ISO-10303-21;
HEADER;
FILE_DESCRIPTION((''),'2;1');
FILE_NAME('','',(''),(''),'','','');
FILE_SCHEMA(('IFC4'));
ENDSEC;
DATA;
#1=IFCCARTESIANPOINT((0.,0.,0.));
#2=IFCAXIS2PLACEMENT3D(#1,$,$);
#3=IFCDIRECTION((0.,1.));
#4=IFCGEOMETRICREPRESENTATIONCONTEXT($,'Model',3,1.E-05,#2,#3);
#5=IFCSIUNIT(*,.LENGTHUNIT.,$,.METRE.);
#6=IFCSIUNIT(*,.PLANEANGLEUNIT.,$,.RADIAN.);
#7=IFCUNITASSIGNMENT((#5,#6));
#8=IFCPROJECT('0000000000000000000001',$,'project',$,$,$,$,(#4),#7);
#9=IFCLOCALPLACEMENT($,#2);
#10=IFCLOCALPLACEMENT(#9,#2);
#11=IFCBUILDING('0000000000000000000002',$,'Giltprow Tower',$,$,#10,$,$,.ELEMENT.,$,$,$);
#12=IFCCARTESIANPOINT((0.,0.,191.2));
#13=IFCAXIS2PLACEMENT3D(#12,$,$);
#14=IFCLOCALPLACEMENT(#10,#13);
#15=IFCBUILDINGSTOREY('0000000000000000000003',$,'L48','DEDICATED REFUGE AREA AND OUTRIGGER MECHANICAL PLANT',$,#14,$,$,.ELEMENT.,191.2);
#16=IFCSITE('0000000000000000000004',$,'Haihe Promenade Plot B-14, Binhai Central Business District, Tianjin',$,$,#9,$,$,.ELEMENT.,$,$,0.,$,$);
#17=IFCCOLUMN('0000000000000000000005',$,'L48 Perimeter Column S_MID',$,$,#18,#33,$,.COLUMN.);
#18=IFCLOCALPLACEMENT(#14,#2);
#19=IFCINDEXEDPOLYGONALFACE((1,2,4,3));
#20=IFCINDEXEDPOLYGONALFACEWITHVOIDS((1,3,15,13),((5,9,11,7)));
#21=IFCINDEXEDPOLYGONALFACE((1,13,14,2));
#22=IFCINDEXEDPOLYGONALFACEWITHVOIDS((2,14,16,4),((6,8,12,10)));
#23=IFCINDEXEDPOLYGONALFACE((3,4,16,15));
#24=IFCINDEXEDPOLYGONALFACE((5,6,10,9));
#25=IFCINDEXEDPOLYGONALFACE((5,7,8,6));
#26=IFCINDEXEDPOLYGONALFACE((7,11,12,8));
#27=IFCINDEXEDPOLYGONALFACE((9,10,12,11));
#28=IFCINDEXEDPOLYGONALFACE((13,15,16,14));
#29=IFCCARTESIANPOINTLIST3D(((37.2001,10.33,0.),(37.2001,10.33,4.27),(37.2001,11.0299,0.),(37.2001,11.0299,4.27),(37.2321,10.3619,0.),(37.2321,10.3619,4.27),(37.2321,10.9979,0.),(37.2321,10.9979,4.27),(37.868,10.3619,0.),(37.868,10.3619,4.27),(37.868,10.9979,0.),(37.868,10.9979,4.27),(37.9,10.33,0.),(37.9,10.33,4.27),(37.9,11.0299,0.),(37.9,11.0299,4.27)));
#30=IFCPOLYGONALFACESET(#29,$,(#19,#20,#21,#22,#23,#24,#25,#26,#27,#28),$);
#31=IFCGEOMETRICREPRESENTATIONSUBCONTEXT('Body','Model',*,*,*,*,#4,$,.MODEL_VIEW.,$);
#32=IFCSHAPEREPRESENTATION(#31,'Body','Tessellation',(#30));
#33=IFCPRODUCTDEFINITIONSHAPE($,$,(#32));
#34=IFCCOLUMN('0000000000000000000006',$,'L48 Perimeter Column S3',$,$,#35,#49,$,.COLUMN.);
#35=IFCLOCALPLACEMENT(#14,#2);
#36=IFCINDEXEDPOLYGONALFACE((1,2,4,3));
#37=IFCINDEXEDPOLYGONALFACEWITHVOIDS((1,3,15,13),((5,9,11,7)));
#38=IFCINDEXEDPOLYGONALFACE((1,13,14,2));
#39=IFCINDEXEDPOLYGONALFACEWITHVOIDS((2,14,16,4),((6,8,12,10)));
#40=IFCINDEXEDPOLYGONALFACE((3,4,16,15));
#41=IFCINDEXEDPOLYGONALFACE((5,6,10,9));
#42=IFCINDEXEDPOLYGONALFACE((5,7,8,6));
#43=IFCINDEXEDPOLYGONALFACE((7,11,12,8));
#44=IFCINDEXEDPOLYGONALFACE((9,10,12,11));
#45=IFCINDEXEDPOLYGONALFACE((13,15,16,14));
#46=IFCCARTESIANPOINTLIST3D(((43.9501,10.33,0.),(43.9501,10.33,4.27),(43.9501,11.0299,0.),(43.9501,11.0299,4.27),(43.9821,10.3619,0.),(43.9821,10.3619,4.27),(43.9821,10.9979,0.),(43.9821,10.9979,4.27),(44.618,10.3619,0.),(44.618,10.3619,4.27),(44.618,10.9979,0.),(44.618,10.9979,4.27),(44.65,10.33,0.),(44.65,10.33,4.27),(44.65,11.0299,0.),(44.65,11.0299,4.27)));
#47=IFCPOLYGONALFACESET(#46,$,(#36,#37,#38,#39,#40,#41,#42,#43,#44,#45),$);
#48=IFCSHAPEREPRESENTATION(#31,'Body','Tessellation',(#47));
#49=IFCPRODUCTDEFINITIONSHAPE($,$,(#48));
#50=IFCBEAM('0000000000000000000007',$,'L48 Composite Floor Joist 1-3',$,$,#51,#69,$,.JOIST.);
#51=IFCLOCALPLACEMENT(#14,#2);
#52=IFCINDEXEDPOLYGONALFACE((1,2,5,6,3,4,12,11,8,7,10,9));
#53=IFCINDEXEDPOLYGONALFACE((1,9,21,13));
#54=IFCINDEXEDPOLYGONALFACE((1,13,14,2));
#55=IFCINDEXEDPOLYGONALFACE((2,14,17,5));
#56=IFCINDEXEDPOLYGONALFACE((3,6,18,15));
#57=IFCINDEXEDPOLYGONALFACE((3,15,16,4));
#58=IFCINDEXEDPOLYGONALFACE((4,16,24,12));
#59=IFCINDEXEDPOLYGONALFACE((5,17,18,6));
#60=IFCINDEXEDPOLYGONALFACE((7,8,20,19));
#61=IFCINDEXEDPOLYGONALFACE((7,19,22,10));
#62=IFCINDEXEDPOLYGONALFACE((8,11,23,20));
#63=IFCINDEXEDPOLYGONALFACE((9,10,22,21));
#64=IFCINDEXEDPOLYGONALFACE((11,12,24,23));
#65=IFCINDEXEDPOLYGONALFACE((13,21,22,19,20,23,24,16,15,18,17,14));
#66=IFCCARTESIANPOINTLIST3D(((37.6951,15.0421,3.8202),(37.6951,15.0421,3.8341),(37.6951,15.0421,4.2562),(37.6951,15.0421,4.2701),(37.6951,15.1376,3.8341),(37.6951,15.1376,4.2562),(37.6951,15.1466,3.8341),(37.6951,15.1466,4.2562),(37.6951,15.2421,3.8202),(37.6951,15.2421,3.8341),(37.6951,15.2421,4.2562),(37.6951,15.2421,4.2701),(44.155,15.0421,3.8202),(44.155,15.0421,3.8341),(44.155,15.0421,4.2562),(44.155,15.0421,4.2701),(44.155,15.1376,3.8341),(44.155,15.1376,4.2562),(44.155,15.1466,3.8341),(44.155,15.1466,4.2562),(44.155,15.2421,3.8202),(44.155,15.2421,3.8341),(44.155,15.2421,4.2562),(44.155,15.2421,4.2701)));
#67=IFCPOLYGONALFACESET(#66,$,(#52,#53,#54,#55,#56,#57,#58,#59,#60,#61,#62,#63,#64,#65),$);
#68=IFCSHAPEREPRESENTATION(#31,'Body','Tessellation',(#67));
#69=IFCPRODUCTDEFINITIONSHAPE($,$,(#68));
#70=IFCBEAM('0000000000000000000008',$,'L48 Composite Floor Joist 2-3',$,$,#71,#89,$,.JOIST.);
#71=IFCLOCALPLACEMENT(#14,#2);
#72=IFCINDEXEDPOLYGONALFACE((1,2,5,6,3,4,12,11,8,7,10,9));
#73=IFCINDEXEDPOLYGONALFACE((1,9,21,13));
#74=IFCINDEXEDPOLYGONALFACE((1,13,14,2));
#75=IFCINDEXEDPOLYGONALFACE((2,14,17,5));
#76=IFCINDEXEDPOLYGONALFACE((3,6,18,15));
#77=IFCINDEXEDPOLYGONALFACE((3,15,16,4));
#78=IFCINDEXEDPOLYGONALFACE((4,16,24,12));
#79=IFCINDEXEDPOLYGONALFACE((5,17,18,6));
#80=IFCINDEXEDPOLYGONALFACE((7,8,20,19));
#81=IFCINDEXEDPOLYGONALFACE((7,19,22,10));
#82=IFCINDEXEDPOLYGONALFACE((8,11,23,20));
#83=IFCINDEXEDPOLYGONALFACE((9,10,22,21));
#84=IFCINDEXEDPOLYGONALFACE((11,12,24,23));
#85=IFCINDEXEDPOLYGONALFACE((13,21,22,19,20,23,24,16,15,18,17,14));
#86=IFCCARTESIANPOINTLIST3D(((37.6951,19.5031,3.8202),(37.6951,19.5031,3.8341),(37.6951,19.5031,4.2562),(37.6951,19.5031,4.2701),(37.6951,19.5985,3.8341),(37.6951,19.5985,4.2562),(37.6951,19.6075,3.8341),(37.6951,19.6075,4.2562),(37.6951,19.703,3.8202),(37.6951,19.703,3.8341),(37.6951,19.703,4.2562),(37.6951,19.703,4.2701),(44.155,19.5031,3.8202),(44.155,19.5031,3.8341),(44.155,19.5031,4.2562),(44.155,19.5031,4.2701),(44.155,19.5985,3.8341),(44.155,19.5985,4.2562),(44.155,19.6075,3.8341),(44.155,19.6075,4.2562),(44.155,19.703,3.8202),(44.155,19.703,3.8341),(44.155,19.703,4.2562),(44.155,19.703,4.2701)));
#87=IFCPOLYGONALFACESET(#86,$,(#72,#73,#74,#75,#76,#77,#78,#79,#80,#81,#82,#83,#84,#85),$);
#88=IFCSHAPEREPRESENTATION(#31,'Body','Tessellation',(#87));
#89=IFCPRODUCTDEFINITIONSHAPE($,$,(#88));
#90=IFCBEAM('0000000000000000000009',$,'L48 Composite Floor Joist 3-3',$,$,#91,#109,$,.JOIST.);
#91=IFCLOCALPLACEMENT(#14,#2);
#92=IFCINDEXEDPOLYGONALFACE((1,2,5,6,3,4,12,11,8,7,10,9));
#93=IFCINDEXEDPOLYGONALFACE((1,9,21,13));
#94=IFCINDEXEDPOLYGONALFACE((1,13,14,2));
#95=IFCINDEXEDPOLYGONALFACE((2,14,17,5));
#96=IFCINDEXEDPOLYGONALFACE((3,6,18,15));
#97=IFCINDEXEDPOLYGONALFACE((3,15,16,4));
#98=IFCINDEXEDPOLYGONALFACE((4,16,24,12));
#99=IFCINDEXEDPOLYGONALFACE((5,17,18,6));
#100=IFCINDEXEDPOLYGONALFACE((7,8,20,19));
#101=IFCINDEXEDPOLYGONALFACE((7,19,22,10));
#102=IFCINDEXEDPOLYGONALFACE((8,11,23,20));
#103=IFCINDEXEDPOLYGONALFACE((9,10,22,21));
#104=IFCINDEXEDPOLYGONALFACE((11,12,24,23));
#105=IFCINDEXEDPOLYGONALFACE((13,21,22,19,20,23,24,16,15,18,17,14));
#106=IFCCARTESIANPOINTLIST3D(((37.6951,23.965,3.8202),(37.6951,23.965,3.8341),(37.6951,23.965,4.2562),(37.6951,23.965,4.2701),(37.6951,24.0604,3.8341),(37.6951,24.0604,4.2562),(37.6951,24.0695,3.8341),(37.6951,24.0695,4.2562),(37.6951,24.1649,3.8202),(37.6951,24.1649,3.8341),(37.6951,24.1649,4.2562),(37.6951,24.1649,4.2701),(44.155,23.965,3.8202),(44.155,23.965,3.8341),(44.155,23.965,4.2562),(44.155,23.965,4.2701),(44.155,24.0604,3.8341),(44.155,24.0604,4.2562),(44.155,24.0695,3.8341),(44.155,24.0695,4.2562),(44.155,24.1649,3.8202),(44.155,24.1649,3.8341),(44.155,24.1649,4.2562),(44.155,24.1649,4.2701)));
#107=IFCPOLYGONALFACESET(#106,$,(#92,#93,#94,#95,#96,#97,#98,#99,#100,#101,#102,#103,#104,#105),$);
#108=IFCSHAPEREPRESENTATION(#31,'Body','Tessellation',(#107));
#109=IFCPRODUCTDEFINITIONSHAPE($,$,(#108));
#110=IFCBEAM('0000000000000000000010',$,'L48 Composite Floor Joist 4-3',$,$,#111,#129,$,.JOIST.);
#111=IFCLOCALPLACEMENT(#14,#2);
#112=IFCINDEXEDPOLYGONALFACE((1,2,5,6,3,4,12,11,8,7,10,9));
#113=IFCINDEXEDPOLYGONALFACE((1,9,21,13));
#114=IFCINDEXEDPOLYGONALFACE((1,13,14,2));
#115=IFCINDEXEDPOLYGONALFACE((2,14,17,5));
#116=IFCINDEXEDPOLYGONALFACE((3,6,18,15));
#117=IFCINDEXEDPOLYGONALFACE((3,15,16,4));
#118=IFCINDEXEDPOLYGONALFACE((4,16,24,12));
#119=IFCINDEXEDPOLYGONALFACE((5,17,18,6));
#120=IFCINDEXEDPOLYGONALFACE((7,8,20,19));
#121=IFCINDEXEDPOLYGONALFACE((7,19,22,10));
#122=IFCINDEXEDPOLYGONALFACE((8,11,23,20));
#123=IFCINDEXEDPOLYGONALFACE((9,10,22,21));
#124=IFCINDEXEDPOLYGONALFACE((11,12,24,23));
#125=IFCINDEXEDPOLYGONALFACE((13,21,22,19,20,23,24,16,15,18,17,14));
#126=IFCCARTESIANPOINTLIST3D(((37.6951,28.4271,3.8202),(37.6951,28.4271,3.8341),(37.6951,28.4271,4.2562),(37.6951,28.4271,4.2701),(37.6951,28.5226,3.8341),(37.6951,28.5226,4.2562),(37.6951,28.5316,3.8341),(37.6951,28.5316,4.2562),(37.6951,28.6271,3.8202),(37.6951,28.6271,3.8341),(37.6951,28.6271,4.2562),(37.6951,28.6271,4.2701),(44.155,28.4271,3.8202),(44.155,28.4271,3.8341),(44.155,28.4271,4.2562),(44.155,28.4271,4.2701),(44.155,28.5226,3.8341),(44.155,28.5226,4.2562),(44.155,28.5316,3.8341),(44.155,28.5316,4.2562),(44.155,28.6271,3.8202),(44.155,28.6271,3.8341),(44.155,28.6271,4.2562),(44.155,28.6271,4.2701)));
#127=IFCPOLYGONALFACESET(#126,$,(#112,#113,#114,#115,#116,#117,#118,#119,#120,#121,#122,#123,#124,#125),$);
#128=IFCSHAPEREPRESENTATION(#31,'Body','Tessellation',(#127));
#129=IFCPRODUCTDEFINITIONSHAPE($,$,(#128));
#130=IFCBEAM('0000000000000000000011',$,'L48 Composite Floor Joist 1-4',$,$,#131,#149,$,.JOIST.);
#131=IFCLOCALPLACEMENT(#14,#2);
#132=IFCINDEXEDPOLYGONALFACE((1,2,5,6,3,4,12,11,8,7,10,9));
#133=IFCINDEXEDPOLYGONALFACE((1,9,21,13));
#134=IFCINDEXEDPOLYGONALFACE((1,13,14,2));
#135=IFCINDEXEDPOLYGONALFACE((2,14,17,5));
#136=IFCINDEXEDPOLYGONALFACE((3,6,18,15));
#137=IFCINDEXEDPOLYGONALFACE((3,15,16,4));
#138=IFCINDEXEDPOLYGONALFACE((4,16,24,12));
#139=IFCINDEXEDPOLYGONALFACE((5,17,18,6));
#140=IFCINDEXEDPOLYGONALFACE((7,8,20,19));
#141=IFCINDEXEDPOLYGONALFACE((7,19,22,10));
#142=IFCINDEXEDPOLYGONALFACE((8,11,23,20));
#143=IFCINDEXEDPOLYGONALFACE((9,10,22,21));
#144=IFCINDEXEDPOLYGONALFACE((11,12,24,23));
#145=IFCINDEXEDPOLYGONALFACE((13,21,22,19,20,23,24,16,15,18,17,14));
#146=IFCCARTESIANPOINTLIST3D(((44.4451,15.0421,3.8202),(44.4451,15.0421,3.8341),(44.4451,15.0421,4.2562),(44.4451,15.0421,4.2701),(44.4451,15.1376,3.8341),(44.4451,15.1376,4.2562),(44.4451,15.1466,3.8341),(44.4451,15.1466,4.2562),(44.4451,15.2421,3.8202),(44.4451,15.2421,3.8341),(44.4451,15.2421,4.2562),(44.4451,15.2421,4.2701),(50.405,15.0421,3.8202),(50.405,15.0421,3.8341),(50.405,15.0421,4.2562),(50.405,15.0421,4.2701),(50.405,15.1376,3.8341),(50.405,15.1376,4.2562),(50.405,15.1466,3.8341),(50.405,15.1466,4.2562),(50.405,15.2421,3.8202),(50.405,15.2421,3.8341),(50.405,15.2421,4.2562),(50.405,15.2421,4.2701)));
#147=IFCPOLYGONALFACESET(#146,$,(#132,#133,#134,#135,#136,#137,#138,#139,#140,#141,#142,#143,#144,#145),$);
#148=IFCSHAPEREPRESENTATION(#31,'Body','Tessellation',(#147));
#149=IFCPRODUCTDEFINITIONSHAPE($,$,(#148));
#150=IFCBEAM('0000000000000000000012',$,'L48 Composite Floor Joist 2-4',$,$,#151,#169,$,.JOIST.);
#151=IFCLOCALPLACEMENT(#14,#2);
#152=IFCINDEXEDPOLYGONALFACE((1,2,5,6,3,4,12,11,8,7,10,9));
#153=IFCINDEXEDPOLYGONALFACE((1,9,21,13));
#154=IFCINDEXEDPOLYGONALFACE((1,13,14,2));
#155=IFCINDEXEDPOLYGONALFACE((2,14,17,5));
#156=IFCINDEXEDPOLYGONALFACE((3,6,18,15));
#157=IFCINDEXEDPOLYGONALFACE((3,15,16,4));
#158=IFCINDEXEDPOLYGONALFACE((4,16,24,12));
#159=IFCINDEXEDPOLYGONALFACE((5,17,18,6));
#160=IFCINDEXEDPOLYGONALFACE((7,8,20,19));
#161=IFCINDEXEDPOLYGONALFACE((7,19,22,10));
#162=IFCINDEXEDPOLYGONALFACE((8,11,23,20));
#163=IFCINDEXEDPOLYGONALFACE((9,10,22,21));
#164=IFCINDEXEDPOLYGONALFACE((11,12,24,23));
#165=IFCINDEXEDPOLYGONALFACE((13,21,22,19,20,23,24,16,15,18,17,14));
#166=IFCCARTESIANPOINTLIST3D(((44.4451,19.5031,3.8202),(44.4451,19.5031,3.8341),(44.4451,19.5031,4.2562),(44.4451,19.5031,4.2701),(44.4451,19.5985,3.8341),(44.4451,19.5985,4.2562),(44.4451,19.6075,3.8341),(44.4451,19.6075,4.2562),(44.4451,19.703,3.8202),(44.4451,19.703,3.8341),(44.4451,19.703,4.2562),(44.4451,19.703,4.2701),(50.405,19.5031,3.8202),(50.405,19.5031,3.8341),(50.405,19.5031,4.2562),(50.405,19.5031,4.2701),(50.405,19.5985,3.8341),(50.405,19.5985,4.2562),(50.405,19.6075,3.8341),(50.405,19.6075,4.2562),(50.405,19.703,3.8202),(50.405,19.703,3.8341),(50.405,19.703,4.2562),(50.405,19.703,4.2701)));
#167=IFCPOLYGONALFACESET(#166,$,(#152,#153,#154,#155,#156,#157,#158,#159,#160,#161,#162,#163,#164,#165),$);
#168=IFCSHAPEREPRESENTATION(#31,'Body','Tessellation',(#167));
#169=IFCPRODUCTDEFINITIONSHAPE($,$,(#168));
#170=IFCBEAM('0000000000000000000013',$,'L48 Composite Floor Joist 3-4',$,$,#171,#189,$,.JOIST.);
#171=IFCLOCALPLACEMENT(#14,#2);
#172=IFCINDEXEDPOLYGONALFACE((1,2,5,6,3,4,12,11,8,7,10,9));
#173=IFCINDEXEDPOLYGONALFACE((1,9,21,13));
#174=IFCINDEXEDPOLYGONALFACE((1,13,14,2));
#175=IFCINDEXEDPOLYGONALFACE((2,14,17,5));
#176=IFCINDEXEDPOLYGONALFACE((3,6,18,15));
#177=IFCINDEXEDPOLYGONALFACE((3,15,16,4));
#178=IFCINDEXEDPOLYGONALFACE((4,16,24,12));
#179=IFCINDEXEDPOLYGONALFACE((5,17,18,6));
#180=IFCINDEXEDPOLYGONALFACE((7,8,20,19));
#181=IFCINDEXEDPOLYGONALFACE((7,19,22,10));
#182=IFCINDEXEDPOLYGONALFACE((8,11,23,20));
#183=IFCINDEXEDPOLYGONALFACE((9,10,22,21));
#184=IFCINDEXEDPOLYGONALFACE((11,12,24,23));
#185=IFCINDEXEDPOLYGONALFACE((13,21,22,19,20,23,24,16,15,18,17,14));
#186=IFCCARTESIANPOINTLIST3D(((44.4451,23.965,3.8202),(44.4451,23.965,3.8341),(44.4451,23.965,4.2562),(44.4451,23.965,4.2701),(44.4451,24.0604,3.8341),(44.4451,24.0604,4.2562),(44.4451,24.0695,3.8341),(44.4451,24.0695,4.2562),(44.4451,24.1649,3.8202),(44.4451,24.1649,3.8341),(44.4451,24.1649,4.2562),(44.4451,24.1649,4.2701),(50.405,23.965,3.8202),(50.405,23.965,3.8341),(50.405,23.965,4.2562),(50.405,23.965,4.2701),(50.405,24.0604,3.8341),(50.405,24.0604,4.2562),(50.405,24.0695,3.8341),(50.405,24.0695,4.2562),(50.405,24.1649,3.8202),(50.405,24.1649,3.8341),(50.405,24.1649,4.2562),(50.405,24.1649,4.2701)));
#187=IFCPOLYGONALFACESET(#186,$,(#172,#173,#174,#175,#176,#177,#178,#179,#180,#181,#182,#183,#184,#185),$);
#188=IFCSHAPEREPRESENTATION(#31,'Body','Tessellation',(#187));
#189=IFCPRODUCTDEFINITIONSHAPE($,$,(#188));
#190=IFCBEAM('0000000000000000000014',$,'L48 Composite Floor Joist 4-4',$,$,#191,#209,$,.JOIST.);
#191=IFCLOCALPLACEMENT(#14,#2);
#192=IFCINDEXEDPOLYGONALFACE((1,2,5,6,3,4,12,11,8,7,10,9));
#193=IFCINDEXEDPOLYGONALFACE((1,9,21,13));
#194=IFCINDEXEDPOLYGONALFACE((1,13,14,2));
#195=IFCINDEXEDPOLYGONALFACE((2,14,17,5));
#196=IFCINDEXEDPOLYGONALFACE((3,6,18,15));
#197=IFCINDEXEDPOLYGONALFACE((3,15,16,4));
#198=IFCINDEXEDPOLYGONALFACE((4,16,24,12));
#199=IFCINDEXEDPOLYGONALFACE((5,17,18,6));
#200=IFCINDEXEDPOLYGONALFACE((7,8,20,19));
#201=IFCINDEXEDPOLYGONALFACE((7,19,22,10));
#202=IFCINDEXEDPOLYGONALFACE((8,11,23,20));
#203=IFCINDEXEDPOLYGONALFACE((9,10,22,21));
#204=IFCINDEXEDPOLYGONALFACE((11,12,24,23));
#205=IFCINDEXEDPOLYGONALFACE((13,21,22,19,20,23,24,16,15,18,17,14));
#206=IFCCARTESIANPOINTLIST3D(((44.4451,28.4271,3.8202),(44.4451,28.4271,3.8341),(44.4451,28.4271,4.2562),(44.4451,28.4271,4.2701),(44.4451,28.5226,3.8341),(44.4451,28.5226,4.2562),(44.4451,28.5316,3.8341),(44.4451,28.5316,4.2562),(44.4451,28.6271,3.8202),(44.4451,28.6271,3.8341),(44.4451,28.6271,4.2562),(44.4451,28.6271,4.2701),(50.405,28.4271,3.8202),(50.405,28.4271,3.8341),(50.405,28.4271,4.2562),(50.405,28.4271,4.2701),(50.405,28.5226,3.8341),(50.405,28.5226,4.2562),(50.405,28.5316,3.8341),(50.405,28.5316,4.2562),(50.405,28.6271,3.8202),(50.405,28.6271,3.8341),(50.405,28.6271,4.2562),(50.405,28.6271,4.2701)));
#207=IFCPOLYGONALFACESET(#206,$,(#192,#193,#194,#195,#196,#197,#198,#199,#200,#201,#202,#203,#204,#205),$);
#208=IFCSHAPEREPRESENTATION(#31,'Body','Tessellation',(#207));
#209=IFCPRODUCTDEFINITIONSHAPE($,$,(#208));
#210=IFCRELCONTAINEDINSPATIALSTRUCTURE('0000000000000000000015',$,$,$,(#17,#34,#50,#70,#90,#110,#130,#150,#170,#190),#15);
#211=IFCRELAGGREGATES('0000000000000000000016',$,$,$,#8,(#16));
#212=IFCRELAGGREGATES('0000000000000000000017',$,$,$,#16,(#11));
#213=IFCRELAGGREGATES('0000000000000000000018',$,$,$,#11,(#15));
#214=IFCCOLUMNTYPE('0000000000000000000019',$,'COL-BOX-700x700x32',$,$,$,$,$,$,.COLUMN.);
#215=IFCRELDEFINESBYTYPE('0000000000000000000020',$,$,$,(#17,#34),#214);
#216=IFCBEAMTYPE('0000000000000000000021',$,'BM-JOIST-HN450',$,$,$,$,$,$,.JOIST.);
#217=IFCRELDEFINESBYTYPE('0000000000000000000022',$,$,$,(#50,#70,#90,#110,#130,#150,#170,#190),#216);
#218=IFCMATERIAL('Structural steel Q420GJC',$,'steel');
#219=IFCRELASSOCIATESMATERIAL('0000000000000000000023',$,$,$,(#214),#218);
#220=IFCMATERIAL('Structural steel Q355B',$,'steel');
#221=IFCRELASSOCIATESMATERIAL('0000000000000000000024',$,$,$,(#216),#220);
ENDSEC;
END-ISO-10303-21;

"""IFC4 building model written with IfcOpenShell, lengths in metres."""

from ifc_helpers import new_model, si_unit, direction, frame, origin, origin_2d, place, context, subcontext, project, spatial, hollow_rectangle, i_section, extrude, source, transform, mapped, material, material_profile, profile_set, type_object, element, save


model = new_model("IFC4")

# Units and contexts
model_context = context("Model", 3, precision=1e-05, world=origin(), true_north=direction((0.0, 1.0)))
body_context = subcontext(model_context, "Body", "Model", "MODEL_VIEW")
ifc_project = project(units=[si_unit("LENGTHUNIT", "METRE"), si_unit("PLANEANGLEUNIT", "RADIAN")], contexts=[model_context])

# Site, building, storey
site_placement = place(None, origin())
site = spatial("IfcSite", under=ifc_project, at=site_placement, Name="Haihe Promenade Plot B-14, Binhai Central Business District, Tianjin", CompositionType="ELEMENT", RefElevation=0.0)
building_placement = place(site_placement, origin())
building = spatial("IfcBuilding", under=site, at=building_placement, Name="Giltprow Tower", CompositionType="ELEMENT")
storey_placement = place(building_placement, frame((0.0, 0.0, 191.2)))
storey = spatial("IfcBuildingStorey", under=building, at=storey_placement, Name="L48", Description="DEDICATED REFUGE AREA AND OUTRIGGER MECHANICAL PLANT", CompositionType="ELEMENT", Elevation=191.2)

# Columns
ifc_material_1 = material(Name="Structural steel Q420GJC", Category="steel")
ifc_material_profile_1 = material_profile(ifc_material_1, hollow_rectangle(XDim=0.7, YDim=0.7, WallThickness=0.032, at=origin_2d()), Name="BOX 700x700x32")
ifc_profile_set_1 = profile_set([ifc_material_profile_1], Name="Structural steel Q420GJC")
column_type = type_object("IfcColumnType", Name="COL-BOX-700x700x32", PredefinedType="COLUMN", material=ifc_profile_set_1)
shared_shape_1 = source(origin(), body_context, "Body", "SweptSolid", [
    extrude(hollow_rectangle(XDim=0.7, YDim=0.7, WallThickness=0.032, at=origin_2d()), origin(), (0.0, 0.0, 1.0), 4.27),
])
for number, where, z_axis, x_axis, name in (
    (1, (37.55, 10.6799, 0.0), (0.0, 0.0, 1.0), (1.0, 0.0, 0.0), "L48 Perimeter Column S_MID"),
    (2, (44.3, 10.6799, 0.0), (0.0, 0.0, 1.0), (1.0, 0.0, 0.0), "L48 Perimeter Column S3"),
):
    element("IfcColumn", number, at=place(storey_placement, frame(where, z_axis=z_axis, x_axis=x_axis)), inside=storey, type_object=column_type, Name=name, PredefinedType="COLUMN", context=body_context, shape_type="MappedRepresentation", body=[
        mapped(shared_shape_1, transform((0.0, 0.0, 0.0), x_axis=(1.0, 0.0, 0.0), y_axis=(0.0, 1.0, 0.0), z_axis=(0.0, 0.0, 1.0), scale=1.0)),
    ])

# Beams
ifc_material_2 = material(Name="Structural steel Q355B", Category="steel")
ifc_material_profile_2 = material_profile(ifc_material_2, i_section(OverallWidth=0.2, OverallDepth=0.45, WebThickness=0.009, FlangeThickness=0.0139, at=origin_2d()), Name="HN 450x200x9x14")
ifc_profile_set_2 = profile_set([ifc_material_profile_2], Name="Structural steel Q355B")
beam_type_1 = type_object("IfcBeamType", Name="BM-JOIST-HN450", PredefinedType="JOIST", material=ifc_profile_set_2)
shared_shape_2 = source(origin(), body_context, "Body", "SweptSolid", [
    extrude(i_section(OverallWidth=0.2, OverallDepth=0.45, WebThickness=0.009, FlangeThickness=0.0139, at=origin_2d()), origin(), (0.0, 0.0, 1.0), 6.46),
])
for number, where, z_axis, x_axis, name in (
    (3, (37.6951, 15.1421, 4.0452), (1.0, 0.0, 0.0), (0.0, 1.0, 0.0), "L48 Composite Floor Joist 1-3"),
    (4, (37.6951, 19.603, 4.0452), (1.0, 0.0, 0.0), (0.0, 1.0, 0.0), "L48 Composite Floor Joist 2-3"),
    (5, (37.6951, 24.0649, 4.0452), (1.0, 0.0, 0.0), (0.0, 1.0, 0.0), "L48 Composite Floor Joist 3-3"),
    (6, (37.6951, 28.5271, 4.0452), (1.0, 0.0, 0.0), (0.0, 1.0, 0.0), "L48 Composite Floor Joist 4-3"),
):
    element("IfcBeam", number, at=place(storey_placement, frame(where, z_axis=z_axis, x_axis=x_axis)), inside=storey, type_object=beam_type_1, Name=name, PredefinedType="JOIST", context=body_context, shape_type="MappedRepresentation", body=[
        mapped(shared_shape_2, transform((0.0, 0.0, 0.0), x_axis=(1.0, 0.0, 0.0), y_axis=(0.0, 1.0, 0.0), z_axis=(0.0, 0.0, 1.0), scale=1.0)),
    ])
shared_shape_3 = source(origin(), body_context, "Body", "SweptSolid", [
    extrude(i_section(OverallWidth=0.2, OverallDepth=0.45, WebThickness=0.009, FlangeThickness=0.0139, at=origin_2d()), origin(), (0.0, 0.0, 1.0), 5.96),
])
for number, where, z_axis, x_axis, name in (
    (7, (44.4451, 15.1421, 4.0452), (1.0, 0.0, 0.0), (0.0, 1.0, 0.0), "L48 Composite Floor Joist 1-4"),
    (8, (44.4451, 19.603, 4.0452), (1.0, 0.0, 0.0), (0.0, 1.0, 0.0), "L48 Composite Floor Joist 2-4"),
    (9, (44.4451, 24.0649, 4.0452), (1.0, 0.0, 0.0), (0.0, 1.0, 0.0), "L48 Composite Floor Joist 3-4"),
    (10, (44.4451, 28.5271, 4.0452), (1.0, 0.0, 0.0), (0.0, 1.0, 0.0), "L48 Composite Floor Joist 4-4"),
):
    element("IfcBeam", number, at=place(storey_placement, frame(where, z_axis=z_axis, x_axis=x_axis)), inside=storey, type_object=beam_type_1, Name=name, PredefinedType="JOIST", context=body_context, shape_type="MappedRepresentation", body=[
        mapped(shared_shape_3, transform((0.0, 0.0, 0.0), x_axis=(1.0, 0.0, 0.0), y_axis=(0.0, 1.0, 0.0), z_axis=(0.0, 0.0, 1.0), scale=1.0)),
    ])

save(model, "model.ifc")
